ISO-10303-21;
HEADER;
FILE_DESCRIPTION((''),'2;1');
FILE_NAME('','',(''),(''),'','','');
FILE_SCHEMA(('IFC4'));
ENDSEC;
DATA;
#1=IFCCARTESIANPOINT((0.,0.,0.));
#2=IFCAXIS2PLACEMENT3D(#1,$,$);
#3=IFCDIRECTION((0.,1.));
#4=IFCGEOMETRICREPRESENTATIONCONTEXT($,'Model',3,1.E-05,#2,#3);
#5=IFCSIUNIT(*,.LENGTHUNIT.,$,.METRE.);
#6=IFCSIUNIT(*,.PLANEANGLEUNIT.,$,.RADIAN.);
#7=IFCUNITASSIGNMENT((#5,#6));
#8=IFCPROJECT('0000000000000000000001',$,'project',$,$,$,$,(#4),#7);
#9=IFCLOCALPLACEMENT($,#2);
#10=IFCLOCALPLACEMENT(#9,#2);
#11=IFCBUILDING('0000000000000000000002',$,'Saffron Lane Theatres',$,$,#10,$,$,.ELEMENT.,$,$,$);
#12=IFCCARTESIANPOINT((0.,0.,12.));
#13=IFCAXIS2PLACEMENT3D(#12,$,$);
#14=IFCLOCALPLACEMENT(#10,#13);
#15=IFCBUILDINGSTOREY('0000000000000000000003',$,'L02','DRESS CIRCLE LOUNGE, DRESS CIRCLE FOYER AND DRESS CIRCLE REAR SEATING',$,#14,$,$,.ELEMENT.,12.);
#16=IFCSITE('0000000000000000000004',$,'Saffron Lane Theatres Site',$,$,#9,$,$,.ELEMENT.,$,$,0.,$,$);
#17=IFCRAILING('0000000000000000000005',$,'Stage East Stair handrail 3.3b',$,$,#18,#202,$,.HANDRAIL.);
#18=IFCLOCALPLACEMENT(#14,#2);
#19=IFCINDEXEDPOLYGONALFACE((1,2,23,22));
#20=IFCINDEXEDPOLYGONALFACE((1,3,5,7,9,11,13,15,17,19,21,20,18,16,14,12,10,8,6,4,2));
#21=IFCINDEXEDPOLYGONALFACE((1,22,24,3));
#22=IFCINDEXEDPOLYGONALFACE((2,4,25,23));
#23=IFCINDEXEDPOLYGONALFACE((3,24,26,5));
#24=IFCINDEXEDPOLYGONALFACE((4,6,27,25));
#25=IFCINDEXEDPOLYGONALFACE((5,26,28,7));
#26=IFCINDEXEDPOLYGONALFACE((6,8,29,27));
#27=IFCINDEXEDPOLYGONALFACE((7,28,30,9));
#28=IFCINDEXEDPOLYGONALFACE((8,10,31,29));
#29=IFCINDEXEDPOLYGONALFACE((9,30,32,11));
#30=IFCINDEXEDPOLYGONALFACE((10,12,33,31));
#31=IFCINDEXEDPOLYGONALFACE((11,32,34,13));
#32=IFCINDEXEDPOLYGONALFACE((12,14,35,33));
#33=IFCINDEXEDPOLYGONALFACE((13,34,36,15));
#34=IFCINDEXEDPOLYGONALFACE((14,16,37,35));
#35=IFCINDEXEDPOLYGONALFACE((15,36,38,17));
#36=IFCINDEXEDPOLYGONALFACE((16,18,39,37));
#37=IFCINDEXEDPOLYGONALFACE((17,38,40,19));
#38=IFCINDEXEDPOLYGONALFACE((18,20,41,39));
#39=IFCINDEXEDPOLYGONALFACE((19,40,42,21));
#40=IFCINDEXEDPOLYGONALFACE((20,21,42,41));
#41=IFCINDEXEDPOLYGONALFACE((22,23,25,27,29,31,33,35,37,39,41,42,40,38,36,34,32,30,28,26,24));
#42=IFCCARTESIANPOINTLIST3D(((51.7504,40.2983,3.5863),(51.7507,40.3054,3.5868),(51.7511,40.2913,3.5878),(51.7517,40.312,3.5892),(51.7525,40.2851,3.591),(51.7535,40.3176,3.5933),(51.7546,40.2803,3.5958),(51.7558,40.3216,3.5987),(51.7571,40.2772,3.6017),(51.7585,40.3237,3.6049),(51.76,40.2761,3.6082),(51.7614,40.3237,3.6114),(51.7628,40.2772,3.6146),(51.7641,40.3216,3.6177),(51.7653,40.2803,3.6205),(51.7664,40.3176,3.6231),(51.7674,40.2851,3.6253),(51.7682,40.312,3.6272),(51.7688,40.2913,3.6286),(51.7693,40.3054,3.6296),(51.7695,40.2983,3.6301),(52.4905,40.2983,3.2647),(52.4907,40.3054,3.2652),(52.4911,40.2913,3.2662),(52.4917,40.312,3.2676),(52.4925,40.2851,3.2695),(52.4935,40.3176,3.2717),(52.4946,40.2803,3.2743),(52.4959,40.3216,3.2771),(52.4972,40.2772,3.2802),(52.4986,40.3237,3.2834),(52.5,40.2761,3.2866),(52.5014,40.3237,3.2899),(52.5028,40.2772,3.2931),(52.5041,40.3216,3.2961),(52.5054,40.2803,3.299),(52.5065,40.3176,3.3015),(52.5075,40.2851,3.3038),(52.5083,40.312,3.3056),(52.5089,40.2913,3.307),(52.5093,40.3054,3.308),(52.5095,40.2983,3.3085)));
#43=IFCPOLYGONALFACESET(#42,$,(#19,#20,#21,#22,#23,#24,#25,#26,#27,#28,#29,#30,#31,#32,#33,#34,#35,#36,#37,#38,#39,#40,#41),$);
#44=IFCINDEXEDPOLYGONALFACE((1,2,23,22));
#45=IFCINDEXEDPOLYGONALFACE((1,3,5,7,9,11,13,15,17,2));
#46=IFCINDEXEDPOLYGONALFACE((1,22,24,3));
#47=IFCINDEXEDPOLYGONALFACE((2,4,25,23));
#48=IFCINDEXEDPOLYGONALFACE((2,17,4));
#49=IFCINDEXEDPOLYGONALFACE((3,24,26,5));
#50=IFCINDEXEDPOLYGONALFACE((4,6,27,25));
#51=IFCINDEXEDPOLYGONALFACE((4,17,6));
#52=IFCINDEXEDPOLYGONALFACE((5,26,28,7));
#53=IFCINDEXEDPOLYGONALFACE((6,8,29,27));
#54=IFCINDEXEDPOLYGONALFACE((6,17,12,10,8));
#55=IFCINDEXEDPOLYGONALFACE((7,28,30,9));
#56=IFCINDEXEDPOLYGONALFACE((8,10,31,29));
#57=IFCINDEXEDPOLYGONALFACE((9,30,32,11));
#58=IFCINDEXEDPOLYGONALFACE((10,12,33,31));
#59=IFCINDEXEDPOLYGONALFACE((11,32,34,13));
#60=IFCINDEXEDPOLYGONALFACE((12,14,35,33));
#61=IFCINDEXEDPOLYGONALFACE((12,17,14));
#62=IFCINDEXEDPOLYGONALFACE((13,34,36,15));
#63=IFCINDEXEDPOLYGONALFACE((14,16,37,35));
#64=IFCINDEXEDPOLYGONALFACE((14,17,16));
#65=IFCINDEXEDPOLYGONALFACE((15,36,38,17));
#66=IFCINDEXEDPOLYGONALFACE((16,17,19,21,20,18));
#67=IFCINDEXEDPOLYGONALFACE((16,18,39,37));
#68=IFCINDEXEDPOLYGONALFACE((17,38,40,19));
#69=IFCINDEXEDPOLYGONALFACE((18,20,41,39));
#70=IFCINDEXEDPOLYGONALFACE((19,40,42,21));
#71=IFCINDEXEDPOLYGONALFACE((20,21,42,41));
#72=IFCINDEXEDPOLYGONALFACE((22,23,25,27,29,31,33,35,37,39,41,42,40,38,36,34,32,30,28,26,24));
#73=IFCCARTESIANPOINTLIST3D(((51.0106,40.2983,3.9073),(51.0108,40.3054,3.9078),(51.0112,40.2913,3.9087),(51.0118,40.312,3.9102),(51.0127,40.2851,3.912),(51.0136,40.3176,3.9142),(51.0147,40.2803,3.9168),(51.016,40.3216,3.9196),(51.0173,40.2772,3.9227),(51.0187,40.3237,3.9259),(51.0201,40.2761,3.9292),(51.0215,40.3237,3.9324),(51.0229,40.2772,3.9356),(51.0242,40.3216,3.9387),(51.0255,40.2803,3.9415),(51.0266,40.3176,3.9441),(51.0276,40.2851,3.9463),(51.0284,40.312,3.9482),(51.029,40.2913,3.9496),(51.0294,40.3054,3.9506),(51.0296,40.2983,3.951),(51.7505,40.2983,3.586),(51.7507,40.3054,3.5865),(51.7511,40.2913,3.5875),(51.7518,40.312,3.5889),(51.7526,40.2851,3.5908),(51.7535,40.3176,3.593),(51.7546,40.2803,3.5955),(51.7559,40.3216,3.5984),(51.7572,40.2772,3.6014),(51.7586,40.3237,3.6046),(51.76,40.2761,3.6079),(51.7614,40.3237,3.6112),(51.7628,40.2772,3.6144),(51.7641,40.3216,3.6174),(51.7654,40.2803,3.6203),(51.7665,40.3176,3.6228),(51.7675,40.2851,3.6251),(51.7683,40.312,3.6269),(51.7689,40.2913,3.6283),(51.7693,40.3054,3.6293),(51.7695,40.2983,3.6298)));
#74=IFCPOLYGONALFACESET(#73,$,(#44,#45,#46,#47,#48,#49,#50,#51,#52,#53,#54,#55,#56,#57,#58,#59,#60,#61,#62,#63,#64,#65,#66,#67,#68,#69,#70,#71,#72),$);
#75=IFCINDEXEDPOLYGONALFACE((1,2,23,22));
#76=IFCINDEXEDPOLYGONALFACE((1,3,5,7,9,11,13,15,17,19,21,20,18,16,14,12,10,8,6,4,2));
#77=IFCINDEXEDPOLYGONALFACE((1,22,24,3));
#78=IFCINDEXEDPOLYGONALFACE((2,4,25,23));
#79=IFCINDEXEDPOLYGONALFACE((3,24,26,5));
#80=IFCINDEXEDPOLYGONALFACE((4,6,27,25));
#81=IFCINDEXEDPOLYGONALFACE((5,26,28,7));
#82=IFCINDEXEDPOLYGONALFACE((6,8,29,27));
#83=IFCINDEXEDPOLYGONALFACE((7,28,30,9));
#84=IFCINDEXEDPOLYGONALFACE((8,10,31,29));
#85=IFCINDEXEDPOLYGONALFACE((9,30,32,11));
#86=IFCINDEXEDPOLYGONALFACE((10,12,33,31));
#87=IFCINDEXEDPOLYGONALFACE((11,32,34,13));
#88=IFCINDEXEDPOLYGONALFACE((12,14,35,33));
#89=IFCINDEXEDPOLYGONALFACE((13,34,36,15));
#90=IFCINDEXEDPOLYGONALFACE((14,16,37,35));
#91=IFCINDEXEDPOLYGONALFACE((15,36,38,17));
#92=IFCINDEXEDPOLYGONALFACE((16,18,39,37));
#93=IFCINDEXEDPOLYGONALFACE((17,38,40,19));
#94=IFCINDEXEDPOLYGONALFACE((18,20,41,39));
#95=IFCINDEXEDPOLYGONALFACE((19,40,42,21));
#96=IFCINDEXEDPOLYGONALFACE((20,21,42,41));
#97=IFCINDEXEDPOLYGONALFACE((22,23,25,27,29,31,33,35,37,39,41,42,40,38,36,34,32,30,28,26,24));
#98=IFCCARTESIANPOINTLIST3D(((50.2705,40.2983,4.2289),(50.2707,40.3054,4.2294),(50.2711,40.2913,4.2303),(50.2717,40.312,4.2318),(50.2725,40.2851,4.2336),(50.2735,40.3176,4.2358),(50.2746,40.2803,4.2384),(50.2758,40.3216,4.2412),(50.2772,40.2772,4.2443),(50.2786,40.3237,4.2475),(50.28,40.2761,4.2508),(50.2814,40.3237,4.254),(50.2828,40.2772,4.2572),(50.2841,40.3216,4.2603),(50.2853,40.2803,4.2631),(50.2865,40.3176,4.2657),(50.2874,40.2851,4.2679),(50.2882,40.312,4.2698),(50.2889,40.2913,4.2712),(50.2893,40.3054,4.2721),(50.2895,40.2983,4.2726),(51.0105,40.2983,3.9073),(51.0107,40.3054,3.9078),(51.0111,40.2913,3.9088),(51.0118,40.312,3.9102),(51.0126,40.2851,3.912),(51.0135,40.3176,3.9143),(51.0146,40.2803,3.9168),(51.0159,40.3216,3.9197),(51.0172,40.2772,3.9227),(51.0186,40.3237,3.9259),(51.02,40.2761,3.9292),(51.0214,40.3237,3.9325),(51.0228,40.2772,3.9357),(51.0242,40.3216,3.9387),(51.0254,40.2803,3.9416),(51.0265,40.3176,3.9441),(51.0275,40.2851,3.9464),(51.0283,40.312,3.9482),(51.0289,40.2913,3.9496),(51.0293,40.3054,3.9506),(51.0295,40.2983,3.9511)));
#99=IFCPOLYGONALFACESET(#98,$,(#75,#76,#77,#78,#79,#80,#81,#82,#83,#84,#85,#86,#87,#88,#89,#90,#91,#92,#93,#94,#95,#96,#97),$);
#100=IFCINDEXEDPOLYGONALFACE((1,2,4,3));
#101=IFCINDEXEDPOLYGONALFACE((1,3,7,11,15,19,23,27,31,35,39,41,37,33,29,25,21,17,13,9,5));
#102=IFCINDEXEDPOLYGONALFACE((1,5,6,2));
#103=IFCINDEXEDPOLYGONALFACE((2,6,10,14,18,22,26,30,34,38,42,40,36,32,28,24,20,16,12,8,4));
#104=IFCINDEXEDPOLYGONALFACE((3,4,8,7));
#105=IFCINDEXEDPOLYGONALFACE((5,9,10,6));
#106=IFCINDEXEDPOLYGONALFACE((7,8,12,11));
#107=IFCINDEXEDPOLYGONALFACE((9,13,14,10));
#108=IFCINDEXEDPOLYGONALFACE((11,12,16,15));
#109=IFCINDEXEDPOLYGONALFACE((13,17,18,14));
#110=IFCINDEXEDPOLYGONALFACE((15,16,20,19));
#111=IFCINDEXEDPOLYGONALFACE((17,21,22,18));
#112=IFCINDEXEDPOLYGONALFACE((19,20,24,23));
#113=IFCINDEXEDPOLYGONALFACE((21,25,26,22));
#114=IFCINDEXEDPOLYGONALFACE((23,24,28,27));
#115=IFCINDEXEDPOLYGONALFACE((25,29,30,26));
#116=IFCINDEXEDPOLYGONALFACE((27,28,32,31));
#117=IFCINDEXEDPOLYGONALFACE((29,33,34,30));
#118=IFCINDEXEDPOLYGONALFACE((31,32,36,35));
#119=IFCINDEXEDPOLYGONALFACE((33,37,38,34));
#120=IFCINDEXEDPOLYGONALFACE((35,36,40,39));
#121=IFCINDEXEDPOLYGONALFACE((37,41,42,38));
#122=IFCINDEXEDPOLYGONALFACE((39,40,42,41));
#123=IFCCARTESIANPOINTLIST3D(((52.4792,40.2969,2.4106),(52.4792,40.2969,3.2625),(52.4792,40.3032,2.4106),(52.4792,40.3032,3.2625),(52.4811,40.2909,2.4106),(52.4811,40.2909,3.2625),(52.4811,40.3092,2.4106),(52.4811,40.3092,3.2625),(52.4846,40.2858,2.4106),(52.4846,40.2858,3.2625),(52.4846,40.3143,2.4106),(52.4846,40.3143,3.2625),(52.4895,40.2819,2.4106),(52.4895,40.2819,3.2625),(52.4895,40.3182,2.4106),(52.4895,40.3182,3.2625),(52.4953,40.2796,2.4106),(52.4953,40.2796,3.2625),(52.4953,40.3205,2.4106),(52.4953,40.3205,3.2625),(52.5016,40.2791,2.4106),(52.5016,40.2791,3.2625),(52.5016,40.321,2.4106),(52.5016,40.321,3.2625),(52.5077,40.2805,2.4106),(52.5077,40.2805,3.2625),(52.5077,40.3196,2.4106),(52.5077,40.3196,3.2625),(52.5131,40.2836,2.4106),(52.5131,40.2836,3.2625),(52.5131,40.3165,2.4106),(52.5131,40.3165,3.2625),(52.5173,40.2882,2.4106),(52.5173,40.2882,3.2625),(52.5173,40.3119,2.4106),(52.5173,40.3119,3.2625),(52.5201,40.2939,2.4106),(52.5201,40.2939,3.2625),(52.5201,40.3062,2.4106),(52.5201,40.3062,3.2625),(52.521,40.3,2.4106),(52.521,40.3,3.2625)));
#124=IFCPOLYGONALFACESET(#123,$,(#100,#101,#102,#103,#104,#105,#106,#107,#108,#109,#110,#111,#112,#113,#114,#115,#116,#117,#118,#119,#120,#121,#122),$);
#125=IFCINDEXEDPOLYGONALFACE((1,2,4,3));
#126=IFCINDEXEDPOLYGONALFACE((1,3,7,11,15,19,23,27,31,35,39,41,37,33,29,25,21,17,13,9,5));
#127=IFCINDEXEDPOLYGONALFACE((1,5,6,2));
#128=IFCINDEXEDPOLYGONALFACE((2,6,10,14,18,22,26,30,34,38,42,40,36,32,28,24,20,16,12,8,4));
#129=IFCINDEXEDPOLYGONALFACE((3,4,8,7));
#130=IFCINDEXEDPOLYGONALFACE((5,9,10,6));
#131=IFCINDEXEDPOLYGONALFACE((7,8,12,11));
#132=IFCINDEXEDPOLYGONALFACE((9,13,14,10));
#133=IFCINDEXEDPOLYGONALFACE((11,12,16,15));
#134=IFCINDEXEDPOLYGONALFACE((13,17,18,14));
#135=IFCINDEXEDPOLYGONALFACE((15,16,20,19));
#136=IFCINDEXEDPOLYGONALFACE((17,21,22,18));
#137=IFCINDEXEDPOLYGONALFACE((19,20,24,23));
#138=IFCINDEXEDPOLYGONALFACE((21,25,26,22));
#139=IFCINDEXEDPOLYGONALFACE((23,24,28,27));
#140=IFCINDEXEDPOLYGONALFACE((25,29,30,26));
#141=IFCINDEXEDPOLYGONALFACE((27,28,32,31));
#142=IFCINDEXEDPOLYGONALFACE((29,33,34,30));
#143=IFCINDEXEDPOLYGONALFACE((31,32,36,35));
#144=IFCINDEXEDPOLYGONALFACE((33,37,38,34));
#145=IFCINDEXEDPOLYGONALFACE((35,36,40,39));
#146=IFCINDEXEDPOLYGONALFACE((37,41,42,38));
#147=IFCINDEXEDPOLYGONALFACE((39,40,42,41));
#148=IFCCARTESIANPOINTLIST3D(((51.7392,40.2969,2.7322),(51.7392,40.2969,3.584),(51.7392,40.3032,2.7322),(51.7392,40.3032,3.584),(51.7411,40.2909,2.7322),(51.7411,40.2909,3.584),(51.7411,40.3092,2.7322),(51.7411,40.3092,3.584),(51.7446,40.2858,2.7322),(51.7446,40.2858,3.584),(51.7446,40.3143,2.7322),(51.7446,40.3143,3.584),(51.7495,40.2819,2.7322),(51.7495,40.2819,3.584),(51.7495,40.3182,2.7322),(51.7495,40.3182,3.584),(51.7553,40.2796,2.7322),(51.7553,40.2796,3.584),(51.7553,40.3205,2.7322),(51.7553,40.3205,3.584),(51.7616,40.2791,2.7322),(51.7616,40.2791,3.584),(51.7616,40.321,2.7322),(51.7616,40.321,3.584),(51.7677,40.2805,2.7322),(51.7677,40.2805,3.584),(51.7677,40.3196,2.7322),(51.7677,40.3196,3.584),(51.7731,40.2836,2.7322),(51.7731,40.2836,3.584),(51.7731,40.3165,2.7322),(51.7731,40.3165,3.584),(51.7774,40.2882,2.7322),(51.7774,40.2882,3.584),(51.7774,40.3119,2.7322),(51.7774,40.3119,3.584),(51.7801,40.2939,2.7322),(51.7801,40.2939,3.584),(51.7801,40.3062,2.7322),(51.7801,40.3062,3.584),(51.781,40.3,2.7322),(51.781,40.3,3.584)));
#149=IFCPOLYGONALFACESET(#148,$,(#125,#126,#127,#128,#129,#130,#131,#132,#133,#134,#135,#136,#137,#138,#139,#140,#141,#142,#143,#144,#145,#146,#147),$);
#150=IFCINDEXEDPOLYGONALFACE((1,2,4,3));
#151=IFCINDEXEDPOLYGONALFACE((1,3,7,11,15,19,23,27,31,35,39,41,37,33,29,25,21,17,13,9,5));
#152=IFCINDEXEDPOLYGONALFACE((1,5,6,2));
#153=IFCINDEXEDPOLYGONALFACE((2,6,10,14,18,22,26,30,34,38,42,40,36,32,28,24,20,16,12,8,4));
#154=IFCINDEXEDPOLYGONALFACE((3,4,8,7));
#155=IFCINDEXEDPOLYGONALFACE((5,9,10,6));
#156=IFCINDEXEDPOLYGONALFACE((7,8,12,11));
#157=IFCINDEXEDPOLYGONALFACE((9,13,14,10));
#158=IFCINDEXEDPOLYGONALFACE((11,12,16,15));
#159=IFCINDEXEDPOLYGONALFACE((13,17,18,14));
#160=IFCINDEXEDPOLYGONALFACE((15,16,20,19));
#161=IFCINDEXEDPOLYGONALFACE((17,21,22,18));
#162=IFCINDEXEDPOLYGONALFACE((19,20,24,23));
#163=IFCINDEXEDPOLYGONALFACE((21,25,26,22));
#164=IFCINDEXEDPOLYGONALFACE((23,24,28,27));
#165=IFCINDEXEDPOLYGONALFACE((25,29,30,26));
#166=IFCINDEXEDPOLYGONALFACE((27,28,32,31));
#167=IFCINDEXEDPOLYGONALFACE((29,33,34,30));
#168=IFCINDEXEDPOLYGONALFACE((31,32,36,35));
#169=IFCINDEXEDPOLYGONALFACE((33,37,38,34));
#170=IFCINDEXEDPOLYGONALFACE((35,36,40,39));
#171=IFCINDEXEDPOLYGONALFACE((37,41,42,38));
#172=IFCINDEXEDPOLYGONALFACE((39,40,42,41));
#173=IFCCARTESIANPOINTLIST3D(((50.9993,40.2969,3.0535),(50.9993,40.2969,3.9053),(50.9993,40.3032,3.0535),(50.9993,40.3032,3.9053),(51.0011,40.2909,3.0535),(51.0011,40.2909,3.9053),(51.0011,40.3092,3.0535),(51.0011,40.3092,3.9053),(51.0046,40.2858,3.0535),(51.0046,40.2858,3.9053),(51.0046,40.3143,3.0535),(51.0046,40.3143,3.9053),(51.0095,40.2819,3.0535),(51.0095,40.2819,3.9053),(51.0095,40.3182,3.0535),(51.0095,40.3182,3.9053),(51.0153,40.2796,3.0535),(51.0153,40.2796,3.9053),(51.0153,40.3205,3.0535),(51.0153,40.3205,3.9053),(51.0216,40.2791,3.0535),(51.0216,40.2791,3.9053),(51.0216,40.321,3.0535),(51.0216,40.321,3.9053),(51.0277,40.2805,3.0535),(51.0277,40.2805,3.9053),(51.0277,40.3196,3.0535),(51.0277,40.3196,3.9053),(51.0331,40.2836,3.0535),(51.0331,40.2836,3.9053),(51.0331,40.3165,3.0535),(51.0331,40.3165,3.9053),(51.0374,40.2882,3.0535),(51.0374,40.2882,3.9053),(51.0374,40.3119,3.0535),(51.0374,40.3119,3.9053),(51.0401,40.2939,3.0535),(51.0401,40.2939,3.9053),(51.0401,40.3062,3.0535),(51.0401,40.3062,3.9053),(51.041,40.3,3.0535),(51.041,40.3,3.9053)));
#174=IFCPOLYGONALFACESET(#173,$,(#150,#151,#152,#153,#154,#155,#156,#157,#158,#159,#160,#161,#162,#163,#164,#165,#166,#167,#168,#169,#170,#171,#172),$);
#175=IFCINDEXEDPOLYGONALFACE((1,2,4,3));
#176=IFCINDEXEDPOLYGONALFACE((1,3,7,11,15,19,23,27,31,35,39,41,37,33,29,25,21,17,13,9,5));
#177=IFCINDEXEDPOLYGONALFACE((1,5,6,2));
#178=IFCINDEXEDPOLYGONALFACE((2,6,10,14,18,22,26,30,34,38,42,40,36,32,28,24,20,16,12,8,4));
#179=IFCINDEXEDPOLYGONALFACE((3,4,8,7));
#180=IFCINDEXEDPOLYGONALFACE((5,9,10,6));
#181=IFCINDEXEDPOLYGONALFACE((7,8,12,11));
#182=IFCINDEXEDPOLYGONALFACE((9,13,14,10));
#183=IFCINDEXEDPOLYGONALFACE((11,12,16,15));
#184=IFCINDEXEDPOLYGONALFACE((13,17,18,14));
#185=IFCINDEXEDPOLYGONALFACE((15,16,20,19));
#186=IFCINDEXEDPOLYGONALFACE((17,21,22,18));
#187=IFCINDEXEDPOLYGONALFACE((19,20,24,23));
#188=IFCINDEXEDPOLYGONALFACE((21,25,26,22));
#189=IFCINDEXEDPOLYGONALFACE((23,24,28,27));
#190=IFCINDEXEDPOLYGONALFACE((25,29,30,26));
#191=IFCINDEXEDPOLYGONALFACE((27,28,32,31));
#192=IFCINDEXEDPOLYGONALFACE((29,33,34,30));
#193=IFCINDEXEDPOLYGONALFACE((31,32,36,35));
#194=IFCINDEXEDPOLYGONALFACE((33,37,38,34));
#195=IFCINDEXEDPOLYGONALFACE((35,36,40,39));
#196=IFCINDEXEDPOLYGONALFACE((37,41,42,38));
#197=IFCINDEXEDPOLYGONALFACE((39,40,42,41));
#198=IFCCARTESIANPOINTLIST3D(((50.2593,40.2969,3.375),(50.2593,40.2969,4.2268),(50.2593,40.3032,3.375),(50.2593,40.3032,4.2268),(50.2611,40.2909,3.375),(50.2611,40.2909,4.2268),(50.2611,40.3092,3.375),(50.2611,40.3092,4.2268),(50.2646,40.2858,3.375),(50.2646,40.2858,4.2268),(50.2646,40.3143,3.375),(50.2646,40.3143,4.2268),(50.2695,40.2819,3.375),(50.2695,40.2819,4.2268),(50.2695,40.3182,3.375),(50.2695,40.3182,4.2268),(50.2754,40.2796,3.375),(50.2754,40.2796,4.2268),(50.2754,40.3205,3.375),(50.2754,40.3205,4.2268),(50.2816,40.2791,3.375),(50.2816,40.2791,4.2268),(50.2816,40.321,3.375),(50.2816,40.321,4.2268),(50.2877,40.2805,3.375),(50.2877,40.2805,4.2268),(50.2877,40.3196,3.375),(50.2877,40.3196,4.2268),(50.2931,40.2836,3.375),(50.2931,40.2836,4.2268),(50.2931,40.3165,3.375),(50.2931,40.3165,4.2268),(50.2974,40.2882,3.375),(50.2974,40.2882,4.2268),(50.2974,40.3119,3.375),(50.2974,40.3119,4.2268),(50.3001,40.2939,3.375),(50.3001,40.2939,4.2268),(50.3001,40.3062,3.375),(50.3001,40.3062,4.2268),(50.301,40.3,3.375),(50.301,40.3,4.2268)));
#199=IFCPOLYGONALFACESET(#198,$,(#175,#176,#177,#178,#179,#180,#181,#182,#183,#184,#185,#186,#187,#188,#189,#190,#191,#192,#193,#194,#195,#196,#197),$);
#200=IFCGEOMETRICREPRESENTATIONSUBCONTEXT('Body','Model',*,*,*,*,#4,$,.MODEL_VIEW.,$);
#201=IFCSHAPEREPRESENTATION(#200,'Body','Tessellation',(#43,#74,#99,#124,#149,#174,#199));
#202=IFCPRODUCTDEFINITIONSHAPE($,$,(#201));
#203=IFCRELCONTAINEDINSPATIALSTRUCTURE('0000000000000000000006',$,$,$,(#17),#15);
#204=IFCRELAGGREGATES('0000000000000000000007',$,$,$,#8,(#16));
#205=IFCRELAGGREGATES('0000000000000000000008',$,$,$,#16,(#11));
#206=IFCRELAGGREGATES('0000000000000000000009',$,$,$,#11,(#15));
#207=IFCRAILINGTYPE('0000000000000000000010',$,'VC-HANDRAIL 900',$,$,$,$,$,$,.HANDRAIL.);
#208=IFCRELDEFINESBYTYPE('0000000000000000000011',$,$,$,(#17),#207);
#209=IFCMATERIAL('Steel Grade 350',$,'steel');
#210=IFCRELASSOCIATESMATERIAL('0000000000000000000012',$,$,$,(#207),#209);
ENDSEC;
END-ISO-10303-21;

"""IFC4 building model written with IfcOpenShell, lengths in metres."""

from ifc_helpers import new_model, si_unit, direction, frame, origin, origin_2d, place, context, subcontext, project, spatial, circle, extrude, material, type_object, element, save


model = new_model("IFC4")

# Units and contexts
model_context = context("Model", 3, precision=1e-05, world=origin(), true_north=direction((0.0, 1.0)))
body_context = subcontext(model_context, "Body", "Model", "MODEL_VIEW")
ifc_project = project(units=[si_unit("LENGTHUNIT", "METRE"), si_unit("PLANEANGLEUNIT", "RADIAN")], contexts=[model_context])

# Site, building, storey
site_placement = place(None, origin())
site = spatial("IfcSite", under=ifc_project, at=site_placement, Name="Saffron Lane Theatres Site", CompositionType="ELEMENT", RefElevation=0.0)
building_placement = place(site_placement, origin())
building = spatial("IfcBuilding", under=site, at=building_placement, Name="Saffron Lane Theatres", CompositionType="ELEMENT")
storey_placement = place(building_placement, frame((0.0, 0.0, 12.0)))
storey = spatial("IfcBuildingStorey", under=building, at=storey_placement, Name="L02", Description="DRESS CIRCLE LOUNGE, DRESS CIRCLE FOYER AND DRESS CIRCLE REAR SEATING", CompositionType="ELEMENT", Elevation=12.0)

# Railing
ifc_material_1 = material(Name="Steel Grade 350", Category="steel")
railing_type_1 = type_object("IfcRailingType", Name="VC-HANDRAIL 900", PredefinedType="HANDRAIL", material=ifc_material_1)
railing_1_placement = place(storey_placement, frame((52.5, 40.3, 2.4106)))
element("IfcRailing", 1, at=railing_1_placement, inside=storey, type_object=railing_type_1, Name="Stage East Stair handrail 3.3b", PredefinedType="HANDRAIL", context=body_context, shape_type="SweptSolid", body=[
    extrude(circle(Radius=0.0239, at=origin_2d()), frame((0.0, 0.0, 0.876), z_axis=(-0.917161, 0.0, 0.398516), x_axis=(0.0, -1.0, 0.0)), (0.0, 0.0, 1.0), 0.8069),
    extrude(circle(Radius=0.0239, at=origin_2d()), frame((-0.74, 0.0, 1.1973), z_axis=(-0.917272, 0.0, 0.398261), x_axis=(0.0, -1.0, 0.0)), (0.0, 0.0, 1.0), 0.8066),
    extrude(circle(Radius=0.0239, at=origin_2d()), frame((-1.48, 0.0, 1.5186), z_axis=(-0.917161, 0.0, 0.398516), x_axis=(0.0, -1.0, 0.0)), (0.0, 0.0, 1.0), 0.8069),
    extrude(circle(Radius=0.021, at=origin_2d()), origin(), (0.0, 0.0, 1.0), 0.8518),
    extrude(circle(Radius=0.021, at=origin_2d()), frame((-0.74, 0.0, 0.3215)), (0.0, 0.0, 1.0), 0.8518),
    extrude(circle(Radius=0.021, at=origin_2d()), frame((-1.48, 0.0, 0.6428)), (0.0, 0.0, 1.0), 0.8518),
    extrude(circle(Radius=0.021, at=origin_2d()), frame((-2.22, 0.0, 0.9644)), (0.0, 0.0, 1.0), 0.8518),
])

save(model, "model.ifc")
